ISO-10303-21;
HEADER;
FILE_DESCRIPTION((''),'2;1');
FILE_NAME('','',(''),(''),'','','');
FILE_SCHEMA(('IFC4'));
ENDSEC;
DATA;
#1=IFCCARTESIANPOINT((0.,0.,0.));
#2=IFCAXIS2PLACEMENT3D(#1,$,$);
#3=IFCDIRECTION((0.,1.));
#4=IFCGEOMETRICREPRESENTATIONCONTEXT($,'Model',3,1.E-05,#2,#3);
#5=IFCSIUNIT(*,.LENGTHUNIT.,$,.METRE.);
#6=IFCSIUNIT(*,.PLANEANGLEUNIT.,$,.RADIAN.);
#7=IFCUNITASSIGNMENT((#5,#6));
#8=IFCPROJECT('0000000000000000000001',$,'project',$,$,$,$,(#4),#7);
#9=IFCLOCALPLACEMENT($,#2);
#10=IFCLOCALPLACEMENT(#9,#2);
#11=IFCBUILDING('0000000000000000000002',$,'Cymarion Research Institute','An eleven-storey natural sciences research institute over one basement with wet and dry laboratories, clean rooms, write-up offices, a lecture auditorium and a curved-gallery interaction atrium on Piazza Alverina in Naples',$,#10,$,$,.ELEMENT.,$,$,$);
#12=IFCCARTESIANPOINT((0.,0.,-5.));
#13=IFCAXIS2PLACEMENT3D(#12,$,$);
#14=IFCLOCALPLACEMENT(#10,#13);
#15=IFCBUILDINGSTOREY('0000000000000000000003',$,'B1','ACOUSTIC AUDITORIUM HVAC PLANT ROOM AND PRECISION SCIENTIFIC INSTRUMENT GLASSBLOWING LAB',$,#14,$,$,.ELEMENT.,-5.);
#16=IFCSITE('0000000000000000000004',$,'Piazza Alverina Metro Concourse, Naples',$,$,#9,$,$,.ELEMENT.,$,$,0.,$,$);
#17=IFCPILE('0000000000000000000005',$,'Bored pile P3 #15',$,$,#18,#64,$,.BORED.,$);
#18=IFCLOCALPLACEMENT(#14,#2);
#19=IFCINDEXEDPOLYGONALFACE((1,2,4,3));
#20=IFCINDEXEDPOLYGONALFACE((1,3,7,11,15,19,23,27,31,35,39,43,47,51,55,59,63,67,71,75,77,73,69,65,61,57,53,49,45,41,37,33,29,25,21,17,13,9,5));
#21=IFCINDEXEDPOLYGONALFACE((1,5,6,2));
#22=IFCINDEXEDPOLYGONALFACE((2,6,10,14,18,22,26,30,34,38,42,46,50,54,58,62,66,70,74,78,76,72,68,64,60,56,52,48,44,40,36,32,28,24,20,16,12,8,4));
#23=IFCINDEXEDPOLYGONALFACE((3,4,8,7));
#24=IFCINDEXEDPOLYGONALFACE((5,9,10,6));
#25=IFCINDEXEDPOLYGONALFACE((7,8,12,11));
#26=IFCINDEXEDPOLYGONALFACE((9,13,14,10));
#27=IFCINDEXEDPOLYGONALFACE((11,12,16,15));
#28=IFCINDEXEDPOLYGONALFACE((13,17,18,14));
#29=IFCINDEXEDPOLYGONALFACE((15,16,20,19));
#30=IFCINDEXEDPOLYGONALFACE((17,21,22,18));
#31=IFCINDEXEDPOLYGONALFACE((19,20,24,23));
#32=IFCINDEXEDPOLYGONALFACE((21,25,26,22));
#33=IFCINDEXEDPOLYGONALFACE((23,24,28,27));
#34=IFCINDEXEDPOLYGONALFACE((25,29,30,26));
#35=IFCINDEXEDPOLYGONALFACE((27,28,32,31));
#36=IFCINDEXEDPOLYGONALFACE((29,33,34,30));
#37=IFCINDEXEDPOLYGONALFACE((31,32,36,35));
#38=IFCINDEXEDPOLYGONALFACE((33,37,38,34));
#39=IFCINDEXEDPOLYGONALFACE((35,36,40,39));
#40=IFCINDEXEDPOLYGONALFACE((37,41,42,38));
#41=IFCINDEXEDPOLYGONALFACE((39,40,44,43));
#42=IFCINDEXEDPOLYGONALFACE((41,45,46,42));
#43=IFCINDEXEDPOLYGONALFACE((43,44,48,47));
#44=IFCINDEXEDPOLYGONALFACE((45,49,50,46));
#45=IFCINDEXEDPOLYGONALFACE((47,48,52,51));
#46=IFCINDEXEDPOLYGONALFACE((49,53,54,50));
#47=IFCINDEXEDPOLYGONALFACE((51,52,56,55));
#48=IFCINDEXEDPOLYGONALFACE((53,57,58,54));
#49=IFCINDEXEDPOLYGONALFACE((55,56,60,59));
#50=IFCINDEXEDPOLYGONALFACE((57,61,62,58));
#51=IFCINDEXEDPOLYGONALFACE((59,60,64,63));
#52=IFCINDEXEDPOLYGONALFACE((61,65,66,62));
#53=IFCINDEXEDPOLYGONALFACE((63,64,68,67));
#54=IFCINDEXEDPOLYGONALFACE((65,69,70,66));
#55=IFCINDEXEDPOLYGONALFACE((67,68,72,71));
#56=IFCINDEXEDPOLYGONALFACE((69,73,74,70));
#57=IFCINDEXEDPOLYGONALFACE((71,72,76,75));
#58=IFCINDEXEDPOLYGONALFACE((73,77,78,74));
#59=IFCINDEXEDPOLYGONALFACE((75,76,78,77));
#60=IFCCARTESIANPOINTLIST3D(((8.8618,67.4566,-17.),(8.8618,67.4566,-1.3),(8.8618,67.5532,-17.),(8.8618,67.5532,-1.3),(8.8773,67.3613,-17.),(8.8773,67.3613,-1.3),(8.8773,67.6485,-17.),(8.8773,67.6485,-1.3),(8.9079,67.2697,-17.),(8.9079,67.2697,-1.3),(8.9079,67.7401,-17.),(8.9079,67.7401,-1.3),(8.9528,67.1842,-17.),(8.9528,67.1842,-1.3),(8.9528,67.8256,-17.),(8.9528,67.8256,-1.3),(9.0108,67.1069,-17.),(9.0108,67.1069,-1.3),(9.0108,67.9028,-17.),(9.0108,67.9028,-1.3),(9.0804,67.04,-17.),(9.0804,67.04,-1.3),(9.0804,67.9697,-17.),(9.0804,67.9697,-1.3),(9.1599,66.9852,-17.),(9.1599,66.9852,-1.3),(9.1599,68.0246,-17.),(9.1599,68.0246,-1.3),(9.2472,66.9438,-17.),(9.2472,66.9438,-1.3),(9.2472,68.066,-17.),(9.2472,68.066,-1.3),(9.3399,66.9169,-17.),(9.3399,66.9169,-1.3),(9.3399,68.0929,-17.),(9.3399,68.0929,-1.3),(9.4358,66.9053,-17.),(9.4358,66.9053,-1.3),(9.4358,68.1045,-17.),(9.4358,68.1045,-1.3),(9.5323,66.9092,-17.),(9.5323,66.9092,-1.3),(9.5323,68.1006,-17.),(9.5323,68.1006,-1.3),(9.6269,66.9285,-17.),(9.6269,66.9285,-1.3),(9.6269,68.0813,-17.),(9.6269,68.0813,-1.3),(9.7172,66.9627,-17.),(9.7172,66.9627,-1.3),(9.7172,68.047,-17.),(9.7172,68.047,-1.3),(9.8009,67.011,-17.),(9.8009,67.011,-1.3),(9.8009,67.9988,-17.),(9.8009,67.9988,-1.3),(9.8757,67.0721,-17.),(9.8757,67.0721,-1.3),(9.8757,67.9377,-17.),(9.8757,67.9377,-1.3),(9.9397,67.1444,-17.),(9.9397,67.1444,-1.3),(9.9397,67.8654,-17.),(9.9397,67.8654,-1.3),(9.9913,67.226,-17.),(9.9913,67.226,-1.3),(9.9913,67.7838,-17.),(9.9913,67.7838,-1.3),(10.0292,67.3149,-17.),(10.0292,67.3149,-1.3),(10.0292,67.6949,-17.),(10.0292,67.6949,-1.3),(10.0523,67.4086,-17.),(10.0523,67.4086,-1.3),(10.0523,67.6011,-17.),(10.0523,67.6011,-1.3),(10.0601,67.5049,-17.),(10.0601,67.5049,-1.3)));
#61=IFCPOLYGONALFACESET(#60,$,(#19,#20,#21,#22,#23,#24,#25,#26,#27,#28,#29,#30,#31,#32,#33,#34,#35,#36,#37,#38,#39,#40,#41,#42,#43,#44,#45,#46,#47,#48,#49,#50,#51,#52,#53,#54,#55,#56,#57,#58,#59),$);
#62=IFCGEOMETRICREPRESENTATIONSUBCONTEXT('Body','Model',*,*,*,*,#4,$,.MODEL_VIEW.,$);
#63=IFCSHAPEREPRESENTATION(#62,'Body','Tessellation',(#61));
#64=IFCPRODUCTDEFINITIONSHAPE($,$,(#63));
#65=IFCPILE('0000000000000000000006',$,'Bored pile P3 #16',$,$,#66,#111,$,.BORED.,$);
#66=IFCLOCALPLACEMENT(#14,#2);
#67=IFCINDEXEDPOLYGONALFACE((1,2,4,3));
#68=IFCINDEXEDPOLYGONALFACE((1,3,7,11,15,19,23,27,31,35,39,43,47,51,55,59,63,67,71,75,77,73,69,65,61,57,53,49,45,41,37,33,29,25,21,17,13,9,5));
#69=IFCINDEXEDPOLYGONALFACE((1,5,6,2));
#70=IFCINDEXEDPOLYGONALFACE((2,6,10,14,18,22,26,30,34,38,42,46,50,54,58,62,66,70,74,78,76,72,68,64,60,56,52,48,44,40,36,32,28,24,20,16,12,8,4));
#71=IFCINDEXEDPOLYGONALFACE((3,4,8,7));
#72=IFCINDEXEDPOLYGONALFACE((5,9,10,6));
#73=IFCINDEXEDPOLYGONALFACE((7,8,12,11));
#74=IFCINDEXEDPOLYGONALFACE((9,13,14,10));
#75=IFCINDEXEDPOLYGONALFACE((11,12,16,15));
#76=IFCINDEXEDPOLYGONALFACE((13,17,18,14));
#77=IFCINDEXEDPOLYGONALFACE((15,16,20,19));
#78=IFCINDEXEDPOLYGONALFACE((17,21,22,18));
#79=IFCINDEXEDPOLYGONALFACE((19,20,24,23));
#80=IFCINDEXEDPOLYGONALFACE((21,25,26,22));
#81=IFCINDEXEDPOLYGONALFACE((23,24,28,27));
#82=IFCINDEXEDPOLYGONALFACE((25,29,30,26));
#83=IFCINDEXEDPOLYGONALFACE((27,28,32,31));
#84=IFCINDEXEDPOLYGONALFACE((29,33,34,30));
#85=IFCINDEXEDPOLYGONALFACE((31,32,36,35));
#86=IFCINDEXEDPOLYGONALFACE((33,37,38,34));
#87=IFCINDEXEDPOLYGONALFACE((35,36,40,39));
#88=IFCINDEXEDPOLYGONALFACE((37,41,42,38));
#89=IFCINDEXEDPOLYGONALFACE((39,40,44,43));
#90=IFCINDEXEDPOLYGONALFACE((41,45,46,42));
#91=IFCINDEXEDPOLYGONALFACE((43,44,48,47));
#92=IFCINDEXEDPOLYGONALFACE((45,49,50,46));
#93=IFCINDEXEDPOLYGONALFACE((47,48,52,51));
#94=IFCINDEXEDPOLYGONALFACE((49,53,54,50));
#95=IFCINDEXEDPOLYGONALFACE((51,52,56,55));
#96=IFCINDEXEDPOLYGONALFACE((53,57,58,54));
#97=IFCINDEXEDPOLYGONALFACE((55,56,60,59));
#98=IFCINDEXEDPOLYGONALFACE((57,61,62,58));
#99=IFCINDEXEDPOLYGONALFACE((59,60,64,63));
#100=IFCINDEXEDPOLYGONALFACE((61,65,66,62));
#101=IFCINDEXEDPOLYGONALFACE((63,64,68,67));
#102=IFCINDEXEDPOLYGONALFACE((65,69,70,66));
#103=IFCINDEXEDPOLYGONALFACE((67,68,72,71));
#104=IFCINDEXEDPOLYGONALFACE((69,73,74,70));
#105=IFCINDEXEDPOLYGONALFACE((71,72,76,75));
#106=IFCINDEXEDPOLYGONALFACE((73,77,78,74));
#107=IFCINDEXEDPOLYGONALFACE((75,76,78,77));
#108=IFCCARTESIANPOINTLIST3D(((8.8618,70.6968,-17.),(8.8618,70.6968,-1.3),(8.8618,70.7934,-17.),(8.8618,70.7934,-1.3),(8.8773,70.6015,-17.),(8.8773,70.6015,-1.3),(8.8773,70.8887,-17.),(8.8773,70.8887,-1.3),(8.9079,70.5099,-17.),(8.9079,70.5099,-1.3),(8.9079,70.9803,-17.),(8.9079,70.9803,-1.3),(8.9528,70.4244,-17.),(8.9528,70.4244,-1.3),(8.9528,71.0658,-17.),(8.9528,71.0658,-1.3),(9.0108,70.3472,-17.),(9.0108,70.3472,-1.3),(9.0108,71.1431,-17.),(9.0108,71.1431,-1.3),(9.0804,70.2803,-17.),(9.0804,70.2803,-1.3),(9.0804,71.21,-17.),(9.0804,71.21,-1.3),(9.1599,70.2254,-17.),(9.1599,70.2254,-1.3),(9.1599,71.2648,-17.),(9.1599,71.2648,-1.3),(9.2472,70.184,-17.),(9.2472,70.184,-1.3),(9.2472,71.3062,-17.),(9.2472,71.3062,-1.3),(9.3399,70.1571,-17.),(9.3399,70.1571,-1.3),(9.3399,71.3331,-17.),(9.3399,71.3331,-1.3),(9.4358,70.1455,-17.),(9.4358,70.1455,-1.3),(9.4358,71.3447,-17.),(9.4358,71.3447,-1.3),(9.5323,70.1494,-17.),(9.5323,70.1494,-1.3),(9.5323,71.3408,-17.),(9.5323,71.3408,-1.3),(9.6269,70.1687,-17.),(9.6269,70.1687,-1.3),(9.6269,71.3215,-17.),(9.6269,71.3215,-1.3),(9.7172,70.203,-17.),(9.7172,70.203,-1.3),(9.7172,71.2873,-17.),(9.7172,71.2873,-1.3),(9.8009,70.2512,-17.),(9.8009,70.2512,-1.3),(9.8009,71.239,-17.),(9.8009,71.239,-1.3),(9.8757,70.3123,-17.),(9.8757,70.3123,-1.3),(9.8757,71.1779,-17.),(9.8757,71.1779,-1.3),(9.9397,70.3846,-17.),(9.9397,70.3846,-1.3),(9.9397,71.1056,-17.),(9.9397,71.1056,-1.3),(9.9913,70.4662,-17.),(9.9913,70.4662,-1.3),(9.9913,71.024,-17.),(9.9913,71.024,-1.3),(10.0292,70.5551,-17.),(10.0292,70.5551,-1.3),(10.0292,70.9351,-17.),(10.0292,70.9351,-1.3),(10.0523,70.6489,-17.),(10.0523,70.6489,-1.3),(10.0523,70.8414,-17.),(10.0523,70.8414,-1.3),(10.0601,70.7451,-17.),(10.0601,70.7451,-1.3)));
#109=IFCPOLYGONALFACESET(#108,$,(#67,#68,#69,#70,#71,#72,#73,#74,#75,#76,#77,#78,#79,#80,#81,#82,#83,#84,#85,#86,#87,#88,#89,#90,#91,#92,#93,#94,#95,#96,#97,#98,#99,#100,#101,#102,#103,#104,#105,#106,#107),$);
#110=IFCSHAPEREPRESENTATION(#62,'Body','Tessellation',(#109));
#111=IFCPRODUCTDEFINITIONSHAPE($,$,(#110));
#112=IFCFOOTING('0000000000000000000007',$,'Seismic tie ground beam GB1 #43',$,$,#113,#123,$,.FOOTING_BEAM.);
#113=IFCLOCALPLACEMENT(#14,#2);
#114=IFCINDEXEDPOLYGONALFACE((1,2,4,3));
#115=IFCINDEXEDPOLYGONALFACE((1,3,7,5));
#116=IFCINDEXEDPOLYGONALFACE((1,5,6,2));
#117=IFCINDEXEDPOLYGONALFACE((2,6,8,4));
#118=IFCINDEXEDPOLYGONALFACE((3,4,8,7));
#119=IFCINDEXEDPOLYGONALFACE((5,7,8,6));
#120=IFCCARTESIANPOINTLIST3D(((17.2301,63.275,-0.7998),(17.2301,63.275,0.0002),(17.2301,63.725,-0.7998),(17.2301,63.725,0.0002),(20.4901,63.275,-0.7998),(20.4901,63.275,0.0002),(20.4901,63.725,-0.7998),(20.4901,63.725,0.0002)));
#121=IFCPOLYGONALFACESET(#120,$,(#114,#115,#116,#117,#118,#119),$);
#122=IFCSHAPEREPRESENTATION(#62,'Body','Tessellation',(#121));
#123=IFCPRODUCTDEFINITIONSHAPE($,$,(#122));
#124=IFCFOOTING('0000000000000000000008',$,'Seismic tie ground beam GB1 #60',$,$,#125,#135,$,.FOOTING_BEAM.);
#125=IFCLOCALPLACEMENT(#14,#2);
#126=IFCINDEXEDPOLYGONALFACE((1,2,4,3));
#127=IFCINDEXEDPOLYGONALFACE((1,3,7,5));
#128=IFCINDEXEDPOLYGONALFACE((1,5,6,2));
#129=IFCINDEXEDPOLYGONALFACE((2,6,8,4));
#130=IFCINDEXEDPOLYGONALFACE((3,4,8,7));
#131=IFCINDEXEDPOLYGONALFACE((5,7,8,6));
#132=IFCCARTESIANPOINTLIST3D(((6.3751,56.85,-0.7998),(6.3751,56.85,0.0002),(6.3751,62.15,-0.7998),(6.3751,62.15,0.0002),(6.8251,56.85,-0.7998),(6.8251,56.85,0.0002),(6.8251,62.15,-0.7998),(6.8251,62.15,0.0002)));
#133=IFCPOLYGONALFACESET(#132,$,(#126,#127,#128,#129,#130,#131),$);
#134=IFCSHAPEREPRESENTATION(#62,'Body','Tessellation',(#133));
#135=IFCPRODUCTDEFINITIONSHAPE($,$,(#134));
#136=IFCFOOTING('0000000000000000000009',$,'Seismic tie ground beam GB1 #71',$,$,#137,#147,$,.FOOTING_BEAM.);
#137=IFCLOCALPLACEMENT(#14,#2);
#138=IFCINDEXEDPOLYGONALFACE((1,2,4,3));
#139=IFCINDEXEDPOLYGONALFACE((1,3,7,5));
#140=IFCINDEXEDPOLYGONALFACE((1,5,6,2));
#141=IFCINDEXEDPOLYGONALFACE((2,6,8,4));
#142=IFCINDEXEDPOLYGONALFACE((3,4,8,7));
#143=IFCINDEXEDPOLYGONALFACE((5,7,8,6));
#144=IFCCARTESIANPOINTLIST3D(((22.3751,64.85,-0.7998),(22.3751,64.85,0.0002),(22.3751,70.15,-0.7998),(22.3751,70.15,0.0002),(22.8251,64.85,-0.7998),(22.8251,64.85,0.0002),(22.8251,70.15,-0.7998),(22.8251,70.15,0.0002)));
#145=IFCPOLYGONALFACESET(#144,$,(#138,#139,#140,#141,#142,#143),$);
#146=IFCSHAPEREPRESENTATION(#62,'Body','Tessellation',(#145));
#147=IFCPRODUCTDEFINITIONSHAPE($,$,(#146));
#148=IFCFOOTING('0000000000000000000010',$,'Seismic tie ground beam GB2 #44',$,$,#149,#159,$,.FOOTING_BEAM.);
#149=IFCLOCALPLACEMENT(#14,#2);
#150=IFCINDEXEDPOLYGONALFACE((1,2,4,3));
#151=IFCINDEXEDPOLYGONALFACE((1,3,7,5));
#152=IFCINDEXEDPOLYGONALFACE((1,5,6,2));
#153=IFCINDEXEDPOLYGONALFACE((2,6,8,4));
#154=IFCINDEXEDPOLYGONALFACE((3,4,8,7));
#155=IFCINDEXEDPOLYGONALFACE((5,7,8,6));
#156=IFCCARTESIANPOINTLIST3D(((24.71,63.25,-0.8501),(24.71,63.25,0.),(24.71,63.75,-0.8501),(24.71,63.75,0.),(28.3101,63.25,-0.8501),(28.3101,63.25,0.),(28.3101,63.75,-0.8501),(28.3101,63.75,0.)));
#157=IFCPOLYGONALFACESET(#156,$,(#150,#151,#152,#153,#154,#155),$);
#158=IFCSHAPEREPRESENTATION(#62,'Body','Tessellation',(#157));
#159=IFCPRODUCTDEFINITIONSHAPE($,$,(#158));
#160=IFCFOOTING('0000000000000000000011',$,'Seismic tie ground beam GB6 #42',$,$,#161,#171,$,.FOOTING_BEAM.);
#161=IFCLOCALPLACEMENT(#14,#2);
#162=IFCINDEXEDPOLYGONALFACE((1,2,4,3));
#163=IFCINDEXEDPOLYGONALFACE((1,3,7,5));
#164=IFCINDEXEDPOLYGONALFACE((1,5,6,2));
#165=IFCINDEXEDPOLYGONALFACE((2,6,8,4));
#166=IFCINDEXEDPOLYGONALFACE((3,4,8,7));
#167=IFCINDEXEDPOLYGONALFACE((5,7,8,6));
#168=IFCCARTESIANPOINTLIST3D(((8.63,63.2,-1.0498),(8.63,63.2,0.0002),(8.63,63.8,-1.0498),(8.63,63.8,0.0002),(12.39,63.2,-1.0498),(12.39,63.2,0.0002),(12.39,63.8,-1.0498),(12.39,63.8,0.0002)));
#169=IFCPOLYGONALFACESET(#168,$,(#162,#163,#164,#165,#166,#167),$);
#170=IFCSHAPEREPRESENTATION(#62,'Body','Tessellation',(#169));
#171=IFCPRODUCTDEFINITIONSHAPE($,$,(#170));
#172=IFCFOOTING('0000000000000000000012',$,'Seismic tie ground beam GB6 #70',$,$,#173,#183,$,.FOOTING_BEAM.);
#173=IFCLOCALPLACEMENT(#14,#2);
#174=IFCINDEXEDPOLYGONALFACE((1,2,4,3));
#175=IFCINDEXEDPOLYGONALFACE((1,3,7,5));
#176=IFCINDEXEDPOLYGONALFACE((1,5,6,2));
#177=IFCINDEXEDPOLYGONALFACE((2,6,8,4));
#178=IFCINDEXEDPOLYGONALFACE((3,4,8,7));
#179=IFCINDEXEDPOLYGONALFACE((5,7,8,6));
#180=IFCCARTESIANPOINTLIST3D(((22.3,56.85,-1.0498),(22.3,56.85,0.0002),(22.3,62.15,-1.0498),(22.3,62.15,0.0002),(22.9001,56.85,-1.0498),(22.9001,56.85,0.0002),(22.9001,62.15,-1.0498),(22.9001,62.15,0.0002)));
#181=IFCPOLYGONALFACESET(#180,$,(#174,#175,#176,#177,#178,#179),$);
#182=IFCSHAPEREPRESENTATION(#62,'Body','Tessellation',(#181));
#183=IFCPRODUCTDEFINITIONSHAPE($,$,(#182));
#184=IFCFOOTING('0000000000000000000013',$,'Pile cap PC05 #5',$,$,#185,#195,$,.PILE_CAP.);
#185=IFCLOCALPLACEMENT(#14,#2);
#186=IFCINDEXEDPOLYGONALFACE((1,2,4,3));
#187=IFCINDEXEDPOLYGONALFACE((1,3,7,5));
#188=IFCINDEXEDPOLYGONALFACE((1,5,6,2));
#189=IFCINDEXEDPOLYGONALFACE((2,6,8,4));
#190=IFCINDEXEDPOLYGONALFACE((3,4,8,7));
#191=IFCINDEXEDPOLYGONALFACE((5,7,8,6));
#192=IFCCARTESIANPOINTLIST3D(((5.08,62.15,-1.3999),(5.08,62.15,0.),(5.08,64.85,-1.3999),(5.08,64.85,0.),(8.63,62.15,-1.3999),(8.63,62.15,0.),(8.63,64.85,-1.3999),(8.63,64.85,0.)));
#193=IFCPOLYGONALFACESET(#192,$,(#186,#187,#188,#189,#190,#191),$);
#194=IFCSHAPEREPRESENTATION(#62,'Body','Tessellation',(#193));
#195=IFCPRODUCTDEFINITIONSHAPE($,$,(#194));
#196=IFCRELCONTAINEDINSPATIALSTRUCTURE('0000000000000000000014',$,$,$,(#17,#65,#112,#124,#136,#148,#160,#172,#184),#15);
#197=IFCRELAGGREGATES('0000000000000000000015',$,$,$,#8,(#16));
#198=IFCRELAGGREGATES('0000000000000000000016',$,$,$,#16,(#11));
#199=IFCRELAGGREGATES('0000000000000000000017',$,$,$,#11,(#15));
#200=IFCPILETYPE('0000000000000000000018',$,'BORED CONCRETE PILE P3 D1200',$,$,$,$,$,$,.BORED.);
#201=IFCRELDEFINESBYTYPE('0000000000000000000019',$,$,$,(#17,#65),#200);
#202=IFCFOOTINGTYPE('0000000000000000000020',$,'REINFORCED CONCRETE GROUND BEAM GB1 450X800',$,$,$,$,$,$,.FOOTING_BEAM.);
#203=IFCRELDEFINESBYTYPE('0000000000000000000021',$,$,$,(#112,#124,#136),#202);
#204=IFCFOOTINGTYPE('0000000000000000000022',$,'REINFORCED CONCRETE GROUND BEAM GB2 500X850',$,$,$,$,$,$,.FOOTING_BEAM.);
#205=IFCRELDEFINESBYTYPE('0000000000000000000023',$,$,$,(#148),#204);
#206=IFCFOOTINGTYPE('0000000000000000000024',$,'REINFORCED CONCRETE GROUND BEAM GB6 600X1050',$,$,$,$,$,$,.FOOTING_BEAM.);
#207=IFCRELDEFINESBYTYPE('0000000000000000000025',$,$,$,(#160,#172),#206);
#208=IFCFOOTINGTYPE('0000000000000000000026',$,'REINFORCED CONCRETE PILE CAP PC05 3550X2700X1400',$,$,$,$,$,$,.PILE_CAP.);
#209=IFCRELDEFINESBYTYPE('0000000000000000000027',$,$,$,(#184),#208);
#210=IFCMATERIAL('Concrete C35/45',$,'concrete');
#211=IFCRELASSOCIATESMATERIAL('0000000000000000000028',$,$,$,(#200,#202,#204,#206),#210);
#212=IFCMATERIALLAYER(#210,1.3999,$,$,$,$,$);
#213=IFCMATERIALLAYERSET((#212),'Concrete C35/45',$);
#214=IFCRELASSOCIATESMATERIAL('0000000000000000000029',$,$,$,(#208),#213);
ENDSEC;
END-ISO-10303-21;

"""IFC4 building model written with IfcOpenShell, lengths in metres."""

from ifc_helpers import new_model, si_unit, direction, frame, origin, origin_2d, place, context, subcontext, project, spatial, rectangle, circle, extrude, material, layer, layer_set, material_profile, profile_set, type_object, element, save


model = new_model("IFC4")

# Units and contexts
model_context = context("Model", 3, precision=1e-05, world=origin(), true_north=direction((0.0, 1.0)))
body_context = subcontext(model_context, "Body", "Model", "MODEL_VIEW")
ifc_project = project(units=[si_unit("LENGTHUNIT", "METRE"), si_unit("PLANEANGLEUNIT", "RADIAN")], contexts=[model_context])

# Site, building, storey
site_placement = place(None, origin())
site = spatial("IfcSite", under=ifc_project, at=site_placement, Name="Piazza Alverina Metro Concourse, Naples", CompositionType="ELEMENT", RefElevation=0.0)
building_placement = place(site_placement, origin())
building = spatial("IfcBuilding", under=site, at=building_placement, Name="Cymarion Research Institute", Description="An eleven-storey natural sciences research institute over one basement with wet and dry laboratories, clean rooms, write-up offices, a lecture auditorium and a curved-gallery interaction atrium on Piazza Alverina in Naples", CompositionType="ELEMENT")
storey_placement = place(building_placement, frame((0.0, 0.0, -5.0)))
storey = spatial("IfcBuildingStorey", under=building, at=storey_placement, Name="B1", Description="ACOUSTIC AUDITORIUM HVAC PLANT ROOM AND PRECISION SCIENTIFIC INSTRUMENT GLASSBLOWING LAB", CompositionType="ELEMENT", Elevation=-5.0)

# Piles
ifc_material_1 = material(Name="Concrete C35/45", Category="concrete")
ifc_material_profile_1 = material_profile(ifc_material_1, circle(Radius=0.6001, at=origin_2d()), Name="BORED PILE D1200")
ifc_profile_set_1 = profile_set([ifc_material_profile_1], Name="Concrete C35/45")
pile_type_1 = type_object("IfcPileType", Name="BORED CONCRETE PILE P3 D1200", PredefinedType="BORED", material=ifc_profile_set_1)
for number, where, z_axis, x_axis, name in (
    (1, (9.46, 67.5049, -1.3), (0.0, 0.0, -1.0), (1.0, 0.0, 0.0), "Bored pile P3 #15"),
    (2, (9.46, 70.7451, -1.3), (0.0, 0.0, -1.0), (1.0, 0.0, 0.0), "Bored pile P3 #16"),
):
    element("IfcPile", number, at=place(storey_placement, frame(where, z_axis=z_axis, x_axis=x_axis)), inside=storey, type_object=pile_type_1, Name=name, PredefinedType="BORED", context=body_context, shape_type="SweptSolid", body=[
        extrude(circle(Radius=0.6001, at=origin_2d()), origin(), (0.0, 0.0, 1.0), 15.7),
    ])

# Footings
footing_type_1 = type_object("IfcFootingType", Name="REINFORCED CONCRETE GROUND BEAM GB1 450X800", PredefinedType="FOOTING_BEAM", material=ifc_material_1)
footing_1_placement = place(storey_placement, frame((18.8601, 63.5, -0.7998), z_axis=(0.0, 0.0, 1.0), x_axis=(1.0, 0.0, 0.0)))
element("IfcFooting", 3, at=footing_1_placement, inside=storey, type_object=footing_type_1, Name="Seismic tie ground beam GB1 #43", PredefinedType="FOOTING_BEAM", context=body_context, shape_type="SweptSolid", body=[
    extrude(rectangle(XDim=3.26, YDim=0.45, at=origin_2d()), origin(), (0.0, 0.0, 1.0), 0.8),
])
for number, where, z_axis, x_axis, name in (
    (4, (6.6001, 59.5, -0.7998), (0.0, 0.0, 1.0), (0.0, 1.0, 0.0), "Seismic tie ground beam GB1 #60"),
    (5, (22.6001, 67.5, -0.7998), (0.0, 0.0, 1.0), (0.0, 1.0, 0.0), "Seismic tie ground beam GB1 #71"),
):
    element("IfcFooting", number, at=place(storey_placement, frame(where, z_axis=z_axis, x_axis=x_axis)), inside=storey, type_object=footing_type_1, Name=name, PredefinedType="FOOTING_BEAM", context=body_context, shape_type="SweptSolid", body=[
        extrude(rectangle(XDim=5.3, YDim=0.45, at=origin_2d()), origin(), (0.0, 0.0, 1.0), 0.8),
    ])
footing_type_2 = type_object("IfcFootingType", Name="REINFORCED CONCRETE GROUND BEAM GB2 500X850", PredefinedType="FOOTING_BEAM", material=ifc_material_1)
footing_2_placement = place(storey_placement, frame((26.51, 63.5, -0.8501), z_axis=(0.0, 0.0, 1.0), x_axis=(1.0, 0.0, 0.0)))
element("IfcFooting", 6, at=footing_2_placement, inside=storey, type_object=footing_type_2, Name="Seismic tie ground beam GB2 #44", PredefinedType="FOOTING_BEAM", context=body_context, shape_type="SweptSolid", body=[
    extrude(rectangle(XDim=3.6001, YDim=0.5, at=origin_2d()), origin(), (0.0, 0.0, 1.0), 0.8501),
])
footing_type_3 = type_object("IfcFootingType", Name="REINFORCED CONCRETE GROUND BEAM GB6 600X1050", PredefinedType="FOOTING_BEAM", material=ifc_material_1)
footing_3_placement = place(storey_placement, frame((10.51, 63.5, -1.0498), z_axis=(0.0, 0.0, 1.0), x_axis=(1.0, 0.0, 0.0)))
element("IfcFooting", 7, at=footing_3_placement, inside=storey, type_object=footing_type_3, Name="Seismic tie ground beam GB6 #42", PredefinedType="FOOTING_BEAM", context=body_context, shape_type="SweptSolid", body=[
    extrude(rectangle(XDim=3.76, YDim=0.6001, at=origin_2d()), origin(), (0.0, 0.0, 1.0), 1.05),
])
footing_4_placement = place(storey_placement, frame((22.6001, 59.5, -1.0498), z_axis=(0.0, 0.0, 1.0), x_axis=(0.0, 1.0, 0.0)))
element("IfcFooting", 8, at=footing_4_placement, inside=storey, type_object=footing_type_3, Name="Seismic tie ground beam GB6 #70", PredefinedType="FOOTING_BEAM", context=body_context, shape_type="SweptSolid", body=[
    extrude(rectangle(XDim=5.3, YDim=0.6001, at=origin_2d()), origin(), (0.0, 0.0, 1.0), 1.05),
])
ifc_layer_1 = layer(ifc_material_1, 1.3999)
ifc_layer_set_1 = layer_set([ifc_layer_1], Name="Concrete C35/45")
footing_type_4 = type_object("IfcFootingType", Name="REINFORCED CONCRETE PILE CAP PC05 3550X2700X1400", PredefinedType="PILE_CAP", material=ifc_layer_set_1)
footing_5_placement = place(storey_placement, frame((6.855, 63.5, -1.3999), z_axis=(0.0, 0.0, 1.0), x_axis=(1.0, 0.0, 0.0)))
element("IfcFooting", 9, at=footing_5_placement, inside=storey, type_object=footing_type_4, Name="Pile cap PC05 #5", PredefinedType="PILE_CAP", context=body_context, shape_type="SweptSolid", body=[
    extrude(rectangle(XDim=3.55, YDim=2.7, at=origin_2d()), origin(), (0.0, 0.0, 1.0), 1.3999),
])

save(model, "model.ifc")
